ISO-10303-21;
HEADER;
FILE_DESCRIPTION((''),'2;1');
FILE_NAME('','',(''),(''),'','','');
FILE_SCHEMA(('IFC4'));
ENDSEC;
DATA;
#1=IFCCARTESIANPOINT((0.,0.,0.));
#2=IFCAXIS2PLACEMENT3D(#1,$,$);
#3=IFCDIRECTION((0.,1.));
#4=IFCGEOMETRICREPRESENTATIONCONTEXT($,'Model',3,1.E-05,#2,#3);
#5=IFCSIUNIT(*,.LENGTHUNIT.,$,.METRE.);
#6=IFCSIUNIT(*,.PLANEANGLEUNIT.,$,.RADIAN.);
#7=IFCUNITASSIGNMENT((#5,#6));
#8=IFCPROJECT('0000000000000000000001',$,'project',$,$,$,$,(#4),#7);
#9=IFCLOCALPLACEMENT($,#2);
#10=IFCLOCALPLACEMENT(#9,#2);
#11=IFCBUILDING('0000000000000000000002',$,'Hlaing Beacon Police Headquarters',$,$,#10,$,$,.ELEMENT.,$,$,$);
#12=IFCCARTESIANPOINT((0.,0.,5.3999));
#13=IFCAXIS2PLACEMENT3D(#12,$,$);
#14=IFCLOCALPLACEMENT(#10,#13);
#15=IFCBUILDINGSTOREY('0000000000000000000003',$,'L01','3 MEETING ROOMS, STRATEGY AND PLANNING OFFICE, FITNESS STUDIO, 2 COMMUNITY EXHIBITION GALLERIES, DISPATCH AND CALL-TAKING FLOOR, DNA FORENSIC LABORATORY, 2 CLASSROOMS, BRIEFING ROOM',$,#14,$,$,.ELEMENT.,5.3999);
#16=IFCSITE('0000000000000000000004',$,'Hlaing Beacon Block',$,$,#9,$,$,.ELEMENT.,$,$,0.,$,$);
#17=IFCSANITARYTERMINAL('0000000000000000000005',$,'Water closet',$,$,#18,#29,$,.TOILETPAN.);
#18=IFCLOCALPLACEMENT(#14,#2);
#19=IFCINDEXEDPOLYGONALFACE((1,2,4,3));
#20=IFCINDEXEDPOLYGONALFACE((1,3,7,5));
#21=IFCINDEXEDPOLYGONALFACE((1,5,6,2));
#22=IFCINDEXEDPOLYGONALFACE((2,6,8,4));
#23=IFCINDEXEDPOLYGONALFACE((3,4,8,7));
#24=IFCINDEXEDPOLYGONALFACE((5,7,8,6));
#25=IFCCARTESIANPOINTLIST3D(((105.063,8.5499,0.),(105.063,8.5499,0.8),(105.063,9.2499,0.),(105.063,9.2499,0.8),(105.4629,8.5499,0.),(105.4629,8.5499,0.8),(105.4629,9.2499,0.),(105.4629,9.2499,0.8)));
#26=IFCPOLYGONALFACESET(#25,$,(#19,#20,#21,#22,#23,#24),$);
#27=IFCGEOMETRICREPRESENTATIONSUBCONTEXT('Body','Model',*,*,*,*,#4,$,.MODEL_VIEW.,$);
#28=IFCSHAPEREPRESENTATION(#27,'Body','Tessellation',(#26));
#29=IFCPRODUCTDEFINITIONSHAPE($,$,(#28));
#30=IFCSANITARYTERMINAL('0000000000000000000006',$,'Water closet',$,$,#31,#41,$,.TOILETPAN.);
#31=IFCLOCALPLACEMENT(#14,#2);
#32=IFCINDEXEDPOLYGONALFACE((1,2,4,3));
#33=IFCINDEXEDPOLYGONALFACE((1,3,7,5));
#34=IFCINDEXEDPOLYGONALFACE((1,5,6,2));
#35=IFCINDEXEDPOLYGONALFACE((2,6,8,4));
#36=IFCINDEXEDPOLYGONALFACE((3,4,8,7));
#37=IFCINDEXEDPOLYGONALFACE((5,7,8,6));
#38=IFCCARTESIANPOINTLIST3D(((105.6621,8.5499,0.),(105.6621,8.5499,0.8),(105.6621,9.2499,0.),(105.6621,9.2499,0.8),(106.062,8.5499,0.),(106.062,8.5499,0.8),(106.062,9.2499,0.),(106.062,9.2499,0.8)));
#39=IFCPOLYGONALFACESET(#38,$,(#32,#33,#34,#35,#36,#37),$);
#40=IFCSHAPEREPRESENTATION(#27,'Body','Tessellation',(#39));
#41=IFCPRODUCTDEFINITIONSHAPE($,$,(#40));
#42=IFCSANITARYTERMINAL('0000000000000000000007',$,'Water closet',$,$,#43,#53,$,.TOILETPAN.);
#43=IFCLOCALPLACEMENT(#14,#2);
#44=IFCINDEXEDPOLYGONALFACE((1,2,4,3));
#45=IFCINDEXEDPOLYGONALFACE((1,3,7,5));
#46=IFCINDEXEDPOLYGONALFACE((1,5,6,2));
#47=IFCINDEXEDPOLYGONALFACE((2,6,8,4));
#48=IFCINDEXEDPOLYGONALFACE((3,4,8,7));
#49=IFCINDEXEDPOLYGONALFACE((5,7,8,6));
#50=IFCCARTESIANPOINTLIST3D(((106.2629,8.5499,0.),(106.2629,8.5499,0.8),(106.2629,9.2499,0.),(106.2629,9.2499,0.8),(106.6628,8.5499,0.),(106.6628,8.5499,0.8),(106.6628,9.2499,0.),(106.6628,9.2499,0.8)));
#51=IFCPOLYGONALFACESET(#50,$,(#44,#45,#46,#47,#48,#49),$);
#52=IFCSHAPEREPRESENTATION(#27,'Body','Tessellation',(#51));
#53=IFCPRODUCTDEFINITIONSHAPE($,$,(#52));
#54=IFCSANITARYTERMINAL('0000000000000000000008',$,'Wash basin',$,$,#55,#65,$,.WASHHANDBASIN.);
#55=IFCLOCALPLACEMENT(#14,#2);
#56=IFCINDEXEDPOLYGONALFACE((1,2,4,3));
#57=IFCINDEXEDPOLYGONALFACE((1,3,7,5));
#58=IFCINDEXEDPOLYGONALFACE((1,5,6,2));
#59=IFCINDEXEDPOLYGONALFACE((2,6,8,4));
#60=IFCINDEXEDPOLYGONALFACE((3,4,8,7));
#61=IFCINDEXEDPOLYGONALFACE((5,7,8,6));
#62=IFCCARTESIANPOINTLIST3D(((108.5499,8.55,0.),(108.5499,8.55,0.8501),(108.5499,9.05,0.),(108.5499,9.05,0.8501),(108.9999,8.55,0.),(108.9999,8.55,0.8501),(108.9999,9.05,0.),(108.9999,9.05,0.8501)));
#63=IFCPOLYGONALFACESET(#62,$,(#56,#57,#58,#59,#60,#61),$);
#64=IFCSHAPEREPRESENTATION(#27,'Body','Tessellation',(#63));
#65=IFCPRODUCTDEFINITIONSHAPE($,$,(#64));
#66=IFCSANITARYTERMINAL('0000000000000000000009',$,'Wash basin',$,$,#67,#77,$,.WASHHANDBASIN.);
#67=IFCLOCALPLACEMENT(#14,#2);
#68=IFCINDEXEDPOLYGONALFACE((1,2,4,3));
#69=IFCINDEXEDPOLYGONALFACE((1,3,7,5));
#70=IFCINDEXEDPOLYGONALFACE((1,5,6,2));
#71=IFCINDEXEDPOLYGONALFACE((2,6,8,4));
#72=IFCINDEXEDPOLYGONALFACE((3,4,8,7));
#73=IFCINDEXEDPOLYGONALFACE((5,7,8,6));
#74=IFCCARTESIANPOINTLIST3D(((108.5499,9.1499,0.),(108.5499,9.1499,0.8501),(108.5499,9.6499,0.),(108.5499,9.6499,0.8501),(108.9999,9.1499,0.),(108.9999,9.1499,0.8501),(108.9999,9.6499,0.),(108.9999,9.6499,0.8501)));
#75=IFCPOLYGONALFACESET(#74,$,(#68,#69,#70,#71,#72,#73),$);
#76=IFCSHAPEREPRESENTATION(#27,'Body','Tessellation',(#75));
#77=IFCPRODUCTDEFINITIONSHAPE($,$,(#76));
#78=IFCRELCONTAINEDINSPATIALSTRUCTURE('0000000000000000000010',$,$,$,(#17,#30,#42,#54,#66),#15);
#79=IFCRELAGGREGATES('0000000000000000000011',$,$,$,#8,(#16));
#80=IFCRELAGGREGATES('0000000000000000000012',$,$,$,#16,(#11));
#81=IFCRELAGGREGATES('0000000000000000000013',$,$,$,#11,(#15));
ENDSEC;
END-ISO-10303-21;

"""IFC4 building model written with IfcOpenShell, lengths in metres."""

from ifc_helpers import new_model, si_unit, direction, frame, origin, origin_2d, place, context, subcontext, project, spatial, rectangle, extrude, element, save


model = new_model("IFC4")

# Units and contexts
model_context = context("Model", 3, precision=1e-05, world=origin(), true_north=direction((0.0, 1.0)))
body_context = subcontext(model_context, "Body", "Model", "MODEL_VIEW")
ifc_project = project(units=[si_unit("LENGTHUNIT", "METRE"), si_unit("PLANEANGLEUNIT", "RADIAN")], contexts=[model_context])

# Site, building, storey
site_placement = place(None, origin())
site = spatial("IfcSite", under=ifc_project, at=site_placement, Name="Hlaing Beacon Block", CompositionType="ELEMENT", RefElevation=0.0)
building_placement = place(site_placement, origin())
building = spatial("IfcBuilding", under=site, at=building_placement, Name="Hlaing Beacon Police Headquarters", CompositionType="ELEMENT")
storey_placement = place(building_placement, frame((0.0, 0.0, 5.3999)))
storey = spatial("IfcBuildingStorey", under=building, at=storey_placement, Name="L01", Description="3 MEETING ROOMS, STRATEGY AND PLANNING OFFICE, FITNESS STUDIO, 2 COMMUNITY EXHIBITION GALLERIES, DISPATCH AND CALL-TAKING FLOOR, DNA FORENSIC LABORATORY, 2 CLASSROOMS, BRIEFING ROOM", CompositionType="ELEMENT", Elevation=5.3999)

# Sanitary terminals
for number, where, z_axis, x_axis, name in (
    (1, (105.2629, 8.8999, 0.0), (0.0, 0.0, 1.0), (1.0, 0.0, 0.0), "Water closet"),
    (2, (105.8621, 8.8999, 0.0), (0.0, 0.0, 1.0), (1.0, 0.0, 0.0), "Water closet"),
    (3, (106.4629, 8.8999, 0.0), (0.0, 0.0, 1.0), (1.0, 0.0, 0.0), "Water closet"),
):
    element("IfcSanitaryTerminal", number, at=place(storey_placement, frame(where, z_axis=z_axis, x_axis=x_axis)), inside=storey, Name=name, PredefinedType="TOILETPAN", context=body_context, shape_type="SweptSolid", body=[
        extrude(rectangle(XDim=0.3999, YDim=0.7, at=origin_2d()), origin(), (0.0, 0.0, 1.0), 0.8),
    ])
for number, where, z_axis, x_axis, name in (
    (4, (108.7749, 8.8, 0.0), (0.0, 0.0, 1.0), (1.0, 0.0, 0.0), "Wash basin"),
    (5, (108.7749, 9.3999, 0.0), (0.0, 0.0, 1.0), (1.0, 0.0, 0.0), "Wash basin"),
):
    element("IfcSanitaryTerminal", number, at=place(storey_placement, frame(where, z_axis=z_axis, x_axis=x_axis)), inside=storey, Name=name, PredefinedType="WASHHANDBASIN", context=body_context, shape_type="SweptSolid", body=[
        extrude(rectangle(XDim=0.45, YDim=0.5, at=origin_2d()), origin(), (0.0, 0.0, 1.0), 0.8501),
    ])

save(model, "model.ifc")
